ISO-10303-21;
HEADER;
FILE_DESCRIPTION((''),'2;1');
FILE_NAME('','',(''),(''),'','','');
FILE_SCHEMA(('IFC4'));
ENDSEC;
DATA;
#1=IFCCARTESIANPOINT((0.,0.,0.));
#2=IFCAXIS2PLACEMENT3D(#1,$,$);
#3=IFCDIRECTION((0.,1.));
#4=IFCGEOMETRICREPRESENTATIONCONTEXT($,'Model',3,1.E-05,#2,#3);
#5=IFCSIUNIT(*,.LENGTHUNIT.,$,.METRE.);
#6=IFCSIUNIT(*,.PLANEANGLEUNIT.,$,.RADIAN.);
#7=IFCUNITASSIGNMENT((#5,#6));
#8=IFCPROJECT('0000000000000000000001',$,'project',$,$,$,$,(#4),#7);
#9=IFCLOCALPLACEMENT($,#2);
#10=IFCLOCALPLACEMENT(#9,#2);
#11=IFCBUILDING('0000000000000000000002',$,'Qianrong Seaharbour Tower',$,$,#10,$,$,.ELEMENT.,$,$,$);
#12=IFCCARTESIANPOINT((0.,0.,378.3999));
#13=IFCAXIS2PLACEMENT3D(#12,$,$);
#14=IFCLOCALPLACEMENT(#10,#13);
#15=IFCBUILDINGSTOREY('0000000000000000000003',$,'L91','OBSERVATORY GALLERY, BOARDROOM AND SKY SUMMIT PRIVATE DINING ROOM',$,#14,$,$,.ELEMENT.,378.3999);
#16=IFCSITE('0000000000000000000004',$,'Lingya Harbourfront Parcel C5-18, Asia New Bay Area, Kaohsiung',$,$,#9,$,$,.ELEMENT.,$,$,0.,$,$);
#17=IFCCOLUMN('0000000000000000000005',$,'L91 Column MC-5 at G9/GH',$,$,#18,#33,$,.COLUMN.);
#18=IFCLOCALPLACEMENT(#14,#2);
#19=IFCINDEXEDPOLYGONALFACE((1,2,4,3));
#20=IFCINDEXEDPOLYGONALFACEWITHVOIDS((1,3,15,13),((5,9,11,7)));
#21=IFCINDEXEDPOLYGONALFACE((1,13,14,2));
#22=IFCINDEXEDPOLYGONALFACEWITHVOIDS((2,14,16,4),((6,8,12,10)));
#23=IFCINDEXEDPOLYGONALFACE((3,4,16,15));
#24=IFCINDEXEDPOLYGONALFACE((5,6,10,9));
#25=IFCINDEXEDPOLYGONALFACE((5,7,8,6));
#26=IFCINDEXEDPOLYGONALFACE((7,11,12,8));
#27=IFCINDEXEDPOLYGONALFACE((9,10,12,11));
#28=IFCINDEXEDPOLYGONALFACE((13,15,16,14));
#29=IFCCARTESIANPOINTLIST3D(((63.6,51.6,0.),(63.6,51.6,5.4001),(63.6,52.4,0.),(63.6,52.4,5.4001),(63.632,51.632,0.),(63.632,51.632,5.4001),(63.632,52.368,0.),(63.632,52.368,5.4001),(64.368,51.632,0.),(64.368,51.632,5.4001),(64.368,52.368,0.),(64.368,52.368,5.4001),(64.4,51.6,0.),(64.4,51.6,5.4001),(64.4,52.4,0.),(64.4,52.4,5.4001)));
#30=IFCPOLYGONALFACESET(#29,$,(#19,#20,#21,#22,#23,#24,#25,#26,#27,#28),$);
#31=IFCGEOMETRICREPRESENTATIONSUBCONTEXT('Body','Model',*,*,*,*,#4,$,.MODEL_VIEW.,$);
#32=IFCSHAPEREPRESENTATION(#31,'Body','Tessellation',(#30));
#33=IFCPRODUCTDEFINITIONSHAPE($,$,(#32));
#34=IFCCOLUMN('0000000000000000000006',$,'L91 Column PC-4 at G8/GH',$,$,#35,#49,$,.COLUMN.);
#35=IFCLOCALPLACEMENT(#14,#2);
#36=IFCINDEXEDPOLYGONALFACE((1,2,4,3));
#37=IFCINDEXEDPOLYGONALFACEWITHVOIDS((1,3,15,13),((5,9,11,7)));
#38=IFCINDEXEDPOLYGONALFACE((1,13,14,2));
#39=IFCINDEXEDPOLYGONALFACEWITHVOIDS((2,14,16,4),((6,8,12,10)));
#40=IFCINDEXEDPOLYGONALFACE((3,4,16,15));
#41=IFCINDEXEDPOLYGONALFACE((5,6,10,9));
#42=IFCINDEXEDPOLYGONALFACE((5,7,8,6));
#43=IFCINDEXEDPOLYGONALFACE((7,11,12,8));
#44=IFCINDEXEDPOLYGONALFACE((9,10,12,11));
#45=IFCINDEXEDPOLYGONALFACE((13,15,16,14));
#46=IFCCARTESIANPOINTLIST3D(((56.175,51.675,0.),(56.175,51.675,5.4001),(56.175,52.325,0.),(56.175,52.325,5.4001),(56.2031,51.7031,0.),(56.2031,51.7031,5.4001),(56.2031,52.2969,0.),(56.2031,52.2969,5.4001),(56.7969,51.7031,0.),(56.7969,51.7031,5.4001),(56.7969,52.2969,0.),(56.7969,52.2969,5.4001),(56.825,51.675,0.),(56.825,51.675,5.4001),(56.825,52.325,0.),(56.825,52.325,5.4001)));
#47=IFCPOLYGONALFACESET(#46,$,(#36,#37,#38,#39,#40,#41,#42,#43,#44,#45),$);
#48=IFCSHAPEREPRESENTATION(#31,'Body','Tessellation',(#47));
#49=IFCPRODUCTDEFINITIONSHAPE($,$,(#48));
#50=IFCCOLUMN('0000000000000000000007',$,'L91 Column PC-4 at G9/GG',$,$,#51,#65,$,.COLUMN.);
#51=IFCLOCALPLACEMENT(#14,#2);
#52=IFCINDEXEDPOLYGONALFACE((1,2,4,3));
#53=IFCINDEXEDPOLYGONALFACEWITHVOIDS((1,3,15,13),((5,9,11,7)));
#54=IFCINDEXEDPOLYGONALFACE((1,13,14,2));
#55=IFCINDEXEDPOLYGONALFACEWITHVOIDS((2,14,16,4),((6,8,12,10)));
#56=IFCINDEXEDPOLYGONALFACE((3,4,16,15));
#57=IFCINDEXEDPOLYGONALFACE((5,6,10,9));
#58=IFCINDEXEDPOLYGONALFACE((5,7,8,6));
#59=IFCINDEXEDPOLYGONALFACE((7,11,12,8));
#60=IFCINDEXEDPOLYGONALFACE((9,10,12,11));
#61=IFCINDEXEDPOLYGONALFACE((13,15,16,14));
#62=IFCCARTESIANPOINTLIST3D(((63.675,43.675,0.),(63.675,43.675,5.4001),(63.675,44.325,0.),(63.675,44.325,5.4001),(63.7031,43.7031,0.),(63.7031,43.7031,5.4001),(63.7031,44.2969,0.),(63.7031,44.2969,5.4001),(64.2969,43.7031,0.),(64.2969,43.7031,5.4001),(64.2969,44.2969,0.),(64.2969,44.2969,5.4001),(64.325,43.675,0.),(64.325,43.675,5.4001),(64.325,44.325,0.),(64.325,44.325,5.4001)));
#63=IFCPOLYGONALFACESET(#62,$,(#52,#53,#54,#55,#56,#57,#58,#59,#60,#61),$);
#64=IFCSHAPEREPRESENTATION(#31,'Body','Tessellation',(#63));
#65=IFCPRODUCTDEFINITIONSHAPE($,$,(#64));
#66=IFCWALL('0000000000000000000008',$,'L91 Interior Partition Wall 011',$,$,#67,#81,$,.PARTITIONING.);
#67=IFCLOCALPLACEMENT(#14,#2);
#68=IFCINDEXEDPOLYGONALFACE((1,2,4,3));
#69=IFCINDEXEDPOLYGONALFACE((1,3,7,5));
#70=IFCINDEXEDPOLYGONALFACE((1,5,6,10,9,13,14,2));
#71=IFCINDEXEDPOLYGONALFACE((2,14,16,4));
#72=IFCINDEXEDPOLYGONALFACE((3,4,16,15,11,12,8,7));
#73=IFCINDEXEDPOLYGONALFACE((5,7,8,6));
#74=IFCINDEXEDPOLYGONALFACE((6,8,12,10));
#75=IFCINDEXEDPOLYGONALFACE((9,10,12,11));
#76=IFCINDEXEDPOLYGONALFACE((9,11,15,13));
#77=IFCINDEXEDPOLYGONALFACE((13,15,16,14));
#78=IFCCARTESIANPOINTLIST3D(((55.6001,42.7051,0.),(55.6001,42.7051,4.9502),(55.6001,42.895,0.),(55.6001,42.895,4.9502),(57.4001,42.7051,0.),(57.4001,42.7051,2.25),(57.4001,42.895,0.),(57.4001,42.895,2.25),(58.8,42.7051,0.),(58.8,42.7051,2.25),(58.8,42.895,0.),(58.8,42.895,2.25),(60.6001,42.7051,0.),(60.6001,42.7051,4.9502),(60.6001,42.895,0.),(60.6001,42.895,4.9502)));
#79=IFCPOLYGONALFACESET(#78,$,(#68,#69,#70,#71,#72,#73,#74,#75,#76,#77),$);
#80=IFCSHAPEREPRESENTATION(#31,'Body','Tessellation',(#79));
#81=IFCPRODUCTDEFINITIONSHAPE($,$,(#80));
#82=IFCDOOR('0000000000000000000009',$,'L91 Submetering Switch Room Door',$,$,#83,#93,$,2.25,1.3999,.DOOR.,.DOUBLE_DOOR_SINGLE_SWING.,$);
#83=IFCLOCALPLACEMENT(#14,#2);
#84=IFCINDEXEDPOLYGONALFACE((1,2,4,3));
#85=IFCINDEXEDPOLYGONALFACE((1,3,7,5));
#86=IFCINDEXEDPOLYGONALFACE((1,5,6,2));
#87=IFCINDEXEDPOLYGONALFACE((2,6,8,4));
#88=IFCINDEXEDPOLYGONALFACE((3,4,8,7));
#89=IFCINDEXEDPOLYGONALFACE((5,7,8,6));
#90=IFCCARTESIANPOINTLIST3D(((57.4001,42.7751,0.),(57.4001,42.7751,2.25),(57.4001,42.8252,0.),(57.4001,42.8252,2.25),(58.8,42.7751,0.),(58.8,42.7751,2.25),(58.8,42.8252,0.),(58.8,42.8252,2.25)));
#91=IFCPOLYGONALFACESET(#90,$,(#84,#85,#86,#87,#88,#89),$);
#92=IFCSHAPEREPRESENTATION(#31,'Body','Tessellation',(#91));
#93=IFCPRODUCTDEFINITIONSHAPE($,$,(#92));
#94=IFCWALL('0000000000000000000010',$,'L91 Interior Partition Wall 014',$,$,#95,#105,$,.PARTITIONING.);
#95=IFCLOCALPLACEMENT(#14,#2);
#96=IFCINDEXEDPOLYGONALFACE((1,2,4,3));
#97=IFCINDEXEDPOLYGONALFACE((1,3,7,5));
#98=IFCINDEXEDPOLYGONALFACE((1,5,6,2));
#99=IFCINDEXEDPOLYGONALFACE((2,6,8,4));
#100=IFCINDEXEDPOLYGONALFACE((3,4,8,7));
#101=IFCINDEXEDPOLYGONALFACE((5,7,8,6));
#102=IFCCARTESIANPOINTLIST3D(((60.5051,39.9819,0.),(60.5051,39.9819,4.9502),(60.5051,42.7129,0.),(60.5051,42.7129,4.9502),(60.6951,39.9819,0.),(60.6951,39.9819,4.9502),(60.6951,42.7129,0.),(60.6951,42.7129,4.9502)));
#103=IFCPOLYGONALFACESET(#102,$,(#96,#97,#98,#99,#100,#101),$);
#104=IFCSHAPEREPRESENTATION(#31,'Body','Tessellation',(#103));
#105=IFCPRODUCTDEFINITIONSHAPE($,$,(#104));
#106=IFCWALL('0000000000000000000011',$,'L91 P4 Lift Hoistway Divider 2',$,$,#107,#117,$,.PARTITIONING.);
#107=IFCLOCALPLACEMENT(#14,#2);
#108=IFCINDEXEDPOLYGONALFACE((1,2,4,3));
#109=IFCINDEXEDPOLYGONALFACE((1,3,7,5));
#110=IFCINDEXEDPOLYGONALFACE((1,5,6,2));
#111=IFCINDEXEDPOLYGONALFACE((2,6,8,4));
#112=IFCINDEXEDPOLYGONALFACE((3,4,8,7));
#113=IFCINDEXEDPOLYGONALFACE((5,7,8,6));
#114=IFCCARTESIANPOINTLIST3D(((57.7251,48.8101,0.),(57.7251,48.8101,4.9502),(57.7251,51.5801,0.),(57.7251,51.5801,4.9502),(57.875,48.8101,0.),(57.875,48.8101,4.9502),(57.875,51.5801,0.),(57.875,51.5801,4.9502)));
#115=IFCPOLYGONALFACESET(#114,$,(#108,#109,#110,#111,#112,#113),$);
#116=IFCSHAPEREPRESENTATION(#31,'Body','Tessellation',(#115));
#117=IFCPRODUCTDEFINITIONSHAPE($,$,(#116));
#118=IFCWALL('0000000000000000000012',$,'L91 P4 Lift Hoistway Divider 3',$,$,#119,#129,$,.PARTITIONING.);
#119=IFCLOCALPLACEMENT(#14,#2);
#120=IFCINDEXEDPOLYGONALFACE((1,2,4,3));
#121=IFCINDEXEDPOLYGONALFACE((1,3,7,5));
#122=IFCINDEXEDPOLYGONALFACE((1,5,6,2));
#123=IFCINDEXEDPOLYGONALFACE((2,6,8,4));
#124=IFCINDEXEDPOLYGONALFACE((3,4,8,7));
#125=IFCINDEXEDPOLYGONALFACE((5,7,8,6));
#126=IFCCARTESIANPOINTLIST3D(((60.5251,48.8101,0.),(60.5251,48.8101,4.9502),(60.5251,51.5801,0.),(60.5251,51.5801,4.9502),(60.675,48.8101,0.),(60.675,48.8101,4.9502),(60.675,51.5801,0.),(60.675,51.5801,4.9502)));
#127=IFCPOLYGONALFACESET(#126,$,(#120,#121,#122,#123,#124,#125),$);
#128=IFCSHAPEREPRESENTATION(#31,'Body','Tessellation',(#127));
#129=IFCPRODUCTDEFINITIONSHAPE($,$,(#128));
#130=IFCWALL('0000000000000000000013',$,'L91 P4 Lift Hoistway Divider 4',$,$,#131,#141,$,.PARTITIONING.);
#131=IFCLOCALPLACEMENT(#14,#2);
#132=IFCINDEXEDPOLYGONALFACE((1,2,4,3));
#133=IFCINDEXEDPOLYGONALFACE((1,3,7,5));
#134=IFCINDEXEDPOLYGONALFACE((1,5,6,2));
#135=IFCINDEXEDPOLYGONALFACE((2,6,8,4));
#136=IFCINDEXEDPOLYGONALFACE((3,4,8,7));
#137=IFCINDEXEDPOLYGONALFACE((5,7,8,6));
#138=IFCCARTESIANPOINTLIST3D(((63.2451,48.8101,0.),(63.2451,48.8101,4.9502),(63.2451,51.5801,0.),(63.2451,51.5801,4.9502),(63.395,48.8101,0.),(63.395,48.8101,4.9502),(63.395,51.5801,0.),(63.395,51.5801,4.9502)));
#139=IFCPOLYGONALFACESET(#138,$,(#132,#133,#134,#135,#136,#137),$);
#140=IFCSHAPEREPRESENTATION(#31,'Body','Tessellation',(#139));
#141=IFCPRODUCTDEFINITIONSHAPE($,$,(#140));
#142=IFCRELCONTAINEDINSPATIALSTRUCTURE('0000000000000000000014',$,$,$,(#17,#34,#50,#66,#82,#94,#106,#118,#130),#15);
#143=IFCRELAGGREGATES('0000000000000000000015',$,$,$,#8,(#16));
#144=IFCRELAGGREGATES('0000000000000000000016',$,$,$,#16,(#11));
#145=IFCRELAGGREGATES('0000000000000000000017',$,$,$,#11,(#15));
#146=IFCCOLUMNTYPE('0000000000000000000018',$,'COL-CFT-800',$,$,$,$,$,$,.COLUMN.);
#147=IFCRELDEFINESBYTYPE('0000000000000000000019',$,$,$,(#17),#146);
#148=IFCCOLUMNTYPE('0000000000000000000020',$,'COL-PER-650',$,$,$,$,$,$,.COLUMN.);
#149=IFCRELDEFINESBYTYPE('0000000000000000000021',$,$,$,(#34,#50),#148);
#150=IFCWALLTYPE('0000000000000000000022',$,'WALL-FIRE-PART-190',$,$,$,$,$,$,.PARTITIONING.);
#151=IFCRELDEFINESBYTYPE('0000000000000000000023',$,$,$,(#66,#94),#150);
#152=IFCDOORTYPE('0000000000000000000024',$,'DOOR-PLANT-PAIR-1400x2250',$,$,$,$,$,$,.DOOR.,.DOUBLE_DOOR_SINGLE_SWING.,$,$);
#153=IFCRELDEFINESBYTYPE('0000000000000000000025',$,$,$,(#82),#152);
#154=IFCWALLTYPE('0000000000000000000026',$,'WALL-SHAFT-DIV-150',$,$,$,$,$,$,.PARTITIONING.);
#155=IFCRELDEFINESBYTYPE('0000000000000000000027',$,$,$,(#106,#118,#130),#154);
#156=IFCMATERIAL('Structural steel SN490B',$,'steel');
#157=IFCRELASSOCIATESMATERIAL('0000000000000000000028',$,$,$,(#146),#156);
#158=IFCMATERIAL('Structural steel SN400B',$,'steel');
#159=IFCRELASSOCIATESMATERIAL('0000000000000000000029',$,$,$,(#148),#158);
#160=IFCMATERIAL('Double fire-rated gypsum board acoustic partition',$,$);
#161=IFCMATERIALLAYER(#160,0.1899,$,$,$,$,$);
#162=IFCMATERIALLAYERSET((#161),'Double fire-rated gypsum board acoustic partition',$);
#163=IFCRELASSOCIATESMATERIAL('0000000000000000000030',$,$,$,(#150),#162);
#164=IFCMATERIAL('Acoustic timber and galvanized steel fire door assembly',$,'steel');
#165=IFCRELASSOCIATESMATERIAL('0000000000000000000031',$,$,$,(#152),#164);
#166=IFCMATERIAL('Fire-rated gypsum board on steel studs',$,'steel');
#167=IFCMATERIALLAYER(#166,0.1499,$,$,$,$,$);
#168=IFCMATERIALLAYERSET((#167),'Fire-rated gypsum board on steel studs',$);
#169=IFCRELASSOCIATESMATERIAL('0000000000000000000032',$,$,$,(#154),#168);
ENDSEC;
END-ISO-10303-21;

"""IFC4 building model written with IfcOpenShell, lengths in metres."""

from ifc_helpers import new_model, si_unit, direction, frame, frame_2d, origin, origin_2d, place, context, subcontext, project, spatial, rectangle, hollow_rectangle, extrude, material, layer, layer_set, material_profile, profile_set, type_object, element, fill, save


model = new_model("IFC4")

# Units and contexts
model_context = context("Model", 3, precision=1e-05, world=origin(), true_north=direction((0.0, 1.0)))
body_context = subcontext(model_context, "Body", "Model", "MODEL_VIEW")
ifc_project = project(units=[si_unit("LENGTHUNIT", "METRE"), si_unit("PLANEANGLEUNIT", "RADIAN")], contexts=[model_context])

# Site, building, storey
site_placement = place(None, origin())
site = spatial("IfcSite", under=ifc_project, at=site_placement, Name="Lingya Harbourfront Parcel C5-18, Asia New Bay Area, Kaohsiung", CompositionType="ELEMENT", RefElevation=0.0)
building_placement = place(site_placement, origin())
building = spatial("IfcBuilding", under=site, at=building_placement, Name="Qianrong Seaharbour Tower", CompositionType="ELEMENT")
storey_placement = place(building_placement, frame((0.0, 0.0, 378.3999)))
storey = spatial("IfcBuildingStorey", under=building, at=storey_placement, Name="L91", Description="OBSERVATORY GALLERY, BOARDROOM AND SKY SUMMIT PRIVATE DINING ROOM", CompositionType="ELEMENT", Elevation=378.3999)

# Columns
ifc_material_1 = material(Name="Structural steel SN490B", Category="steel")
ifc_material_profile_1 = material_profile(ifc_material_1, hollow_rectangle(XDim=0.8, YDim=0.8, WallThickness=0.032, at=origin_2d()), Name="BOX800x800x32")
ifc_profile_set_1 = profile_set([ifc_material_profile_1], Name="Structural steel SN490B")
column_type_1 = type_object("IfcColumnType", Name="COL-CFT-800", PredefinedType="COLUMN", material=ifc_profile_set_1)
column_placement = place(storey_placement, frame((64.0, 52.0, 0.0), z_axis=(0.0, 0.0, 1.0), x_axis=(1.0, 0.0, 0.0)))
element("IfcColumn", 1, at=column_placement, inside=storey, type_object=column_type_1, Name="L91 Column MC-5 at G9/GH", PredefinedType="COLUMN", context=body_context, shape_type="SweptSolid", body=[
    extrude(hollow_rectangle(XDim=0.8, YDim=0.8, WallThickness=0.032, at=origin_2d()), origin(), (0.0, 0.0, 1.0), 5.4001),
])
ifc_material_2 = material(Name="Structural steel SN400B", Category="steel")
ifc_material_profile_2 = material_profile(ifc_material_2, hollow_rectangle(XDim=0.6499, YDim=0.6499, WallThickness=0.0281, at=origin_2d()), Name="BOX650x650x28")
ifc_profile_set_2 = profile_set([ifc_material_profile_2], Name="Structural steel SN400B")
column_type_2 = type_object("IfcColumnType", Name="COL-PER-650", PredefinedType="COLUMN", material=ifc_profile_set_2)
for number, where, z_axis, x_axis, name in (
    (2, (56.5, 52.0, 0.0), (0.0, 0.0, 1.0), (1.0, 0.0, 0.0), "L91 Column PC-4 at G8/GH"),
    (3, (64.0, 44.0, 0.0), (0.0, 0.0, 1.0), (1.0, 0.0, 0.0), "L91 Column PC-4 at G9/GG"),
):
    element("IfcColumn", number, at=place(storey_placement, frame(where, z_axis=z_axis, x_axis=x_axis)), inside=storey, type_object=column_type_2, Name=name, PredefinedType="COLUMN", context=body_context, shape_type="SweptSolid", body=[
        extrude(hollow_rectangle(XDim=0.6499, YDim=0.6499, WallThickness=0.0281, at=origin_2d()), origin(), (0.0, 0.0, 1.0), 5.4001),
    ])

# Wall, opening, door
ifc_material_3 = material(Name="Acoustic timber and galvanized steel fire door assembly", Category="steel")
ifc_material_4 = material(Name="Double fire-rated gypsum board acoustic partition")
ifc_layer_1 = layer(ifc_material_4, 0.1899)
ifc_layer_set_1 = layer_set([ifc_layer_1], Name="Double fire-rated gypsum board acoustic partition")
wall_type_1 = type_object("IfcWallType", Name="WALL-FIRE-PART-190", PredefinedType="PARTITIONING", material=ifc_layer_set_1)
wall_1_placement = place(storey_placement, frame((60.6001, 42.8, 0.0), z_axis=(0.0, 0.0, 1.0), x_axis=(-1.0, 0.0, 0.0)))
wall_1 = element("IfcWall", 4, at=wall_1_placement, inside=storey, type_object=wall_type_1, Name="L91 Interior Partition Wall 011", PredefinedType="PARTITIONING", context=body_context, shape_type="SweptSolid", body=[
    extrude(rectangle(XDim=5.0, YDim=0.1899, at=frame_2d((2.5, 0.0))), origin(), (0.0, 0.0, 1.0), 4.9502),
])
opening_1_placement = place(wall_1_placement, frame((1.8, 0.0, 0.0)))
opening_1 = element("IfcOpeningElement", 5, at=opening_1_placement, cuts=wall_1, PredefinedType="OPENING", context=body_context, shape_type="SweptSolid", body=[
    extrude(rectangle(XDim=1.3999, YDim=2.25, at=frame_2d((0.7, 1.125))), frame((0.0, 0.105, 0.0), z_axis=(0.0, -1.0, 0.0), x_axis=(1.0, 0.0, 0.0)), (0.0, 0.0, 1.0), 0.21),
])
door_type_1 = type_object("IfcDoorType", Name="DOOR-PLANT-PAIR-1400x2250", OperationType="DOUBLE_DOOR_SINGLE_SWING", PredefinedType="DOOR", material=ifc_material_3)
door_1_placement = place(opening_1_placement, origin())
door_1 = element("IfcDoor", 6, at=door_1_placement, inside=storey, type_object=door_type_1, Name="L91 Submetering Switch Room Door", OperationType="DOUBLE_DOOR_SINGLE_SWING", OverallHeight=2.25, OverallWidth=1.3999, PredefinedType="DOOR", context=body_context, shape_type="SweptSolid", body=[
    extrude(rectangle(XDim=1.3999, YDim=2.25, at=frame_2d((0.7, 1.125))), frame((0.0, 0.0249, 0.0), z_axis=(0.0, -1.0, 0.0), x_axis=(1.0, 0.0, 0.0)), (0.0, 0.0, 1.0), 0.05),
])
fill(opening_1, door_1)

# Walls
wall_2_placement = place(storey_placement, frame((60.6001, 42.7129, 0.0), z_axis=(0.0, 0.0, 1.0), x_axis=(0.0, -1.0, 0.0)))
element("IfcWall", 7, at=wall_2_placement, inside=storey, type_object=wall_type_1, Name="L91 Interior Partition Wall 014", PredefinedType="PARTITIONING", context=body_context, shape_type="SweptSolid", body=[
    extrude(rectangle(XDim=2.731, YDim=0.1899, at=frame_2d((1.3655, 0.0))), origin(), (0.0, 0.0, 1.0), 4.9502),
])
ifc_material_5 = material(Name="Fire-rated gypsum board on steel studs", Category="steel")
ifc_layer_2 = layer(ifc_material_5, 0.1499)
ifc_layer_set_2 = layer_set([ifc_layer_2], Name="Fire-rated gypsum board on steel studs")
wall_type_2 = type_object("IfcWallType", Name="WALL-SHAFT-DIV-150", PredefinedType="PARTITIONING", material=ifc_layer_set_2)
for number, where, z_axis, x_axis, name in (
    (8, (57.8, 48.8101, 0.0), (0.0, 0.0, 1.0), (0.0, 1.0, 0.0), "L91 P4 Lift Hoistway Divider 2"),
    (9, (60.6001, 48.8101, 0.0), (0.0, 0.0, 1.0), (0.0, 1.0, 0.0), "L91 P4 Lift Hoistway Divider 3"),
    (10, (63.3201, 48.8101, 0.0), (0.0, 0.0, 1.0), (0.0, 1.0, 0.0), "L91 P4 Lift Hoistway Divider 4"),
):
    element("IfcWall", number, at=place(storey_placement, frame(where, z_axis=z_axis, x_axis=x_axis)), inside=storey, type_object=wall_type_2, Name=name, PredefinedType="PARTITIONING", context=body_context, shape_type="SweptSolid", body=[
        extrude(rectangle(XDim=2.77, YDim=0.1499, at=frame_2d((1.385, 0.0))), origin(), (0.0, 0.0, 1.0), 4.9502),
    ])

save(model, "model.ifc")
